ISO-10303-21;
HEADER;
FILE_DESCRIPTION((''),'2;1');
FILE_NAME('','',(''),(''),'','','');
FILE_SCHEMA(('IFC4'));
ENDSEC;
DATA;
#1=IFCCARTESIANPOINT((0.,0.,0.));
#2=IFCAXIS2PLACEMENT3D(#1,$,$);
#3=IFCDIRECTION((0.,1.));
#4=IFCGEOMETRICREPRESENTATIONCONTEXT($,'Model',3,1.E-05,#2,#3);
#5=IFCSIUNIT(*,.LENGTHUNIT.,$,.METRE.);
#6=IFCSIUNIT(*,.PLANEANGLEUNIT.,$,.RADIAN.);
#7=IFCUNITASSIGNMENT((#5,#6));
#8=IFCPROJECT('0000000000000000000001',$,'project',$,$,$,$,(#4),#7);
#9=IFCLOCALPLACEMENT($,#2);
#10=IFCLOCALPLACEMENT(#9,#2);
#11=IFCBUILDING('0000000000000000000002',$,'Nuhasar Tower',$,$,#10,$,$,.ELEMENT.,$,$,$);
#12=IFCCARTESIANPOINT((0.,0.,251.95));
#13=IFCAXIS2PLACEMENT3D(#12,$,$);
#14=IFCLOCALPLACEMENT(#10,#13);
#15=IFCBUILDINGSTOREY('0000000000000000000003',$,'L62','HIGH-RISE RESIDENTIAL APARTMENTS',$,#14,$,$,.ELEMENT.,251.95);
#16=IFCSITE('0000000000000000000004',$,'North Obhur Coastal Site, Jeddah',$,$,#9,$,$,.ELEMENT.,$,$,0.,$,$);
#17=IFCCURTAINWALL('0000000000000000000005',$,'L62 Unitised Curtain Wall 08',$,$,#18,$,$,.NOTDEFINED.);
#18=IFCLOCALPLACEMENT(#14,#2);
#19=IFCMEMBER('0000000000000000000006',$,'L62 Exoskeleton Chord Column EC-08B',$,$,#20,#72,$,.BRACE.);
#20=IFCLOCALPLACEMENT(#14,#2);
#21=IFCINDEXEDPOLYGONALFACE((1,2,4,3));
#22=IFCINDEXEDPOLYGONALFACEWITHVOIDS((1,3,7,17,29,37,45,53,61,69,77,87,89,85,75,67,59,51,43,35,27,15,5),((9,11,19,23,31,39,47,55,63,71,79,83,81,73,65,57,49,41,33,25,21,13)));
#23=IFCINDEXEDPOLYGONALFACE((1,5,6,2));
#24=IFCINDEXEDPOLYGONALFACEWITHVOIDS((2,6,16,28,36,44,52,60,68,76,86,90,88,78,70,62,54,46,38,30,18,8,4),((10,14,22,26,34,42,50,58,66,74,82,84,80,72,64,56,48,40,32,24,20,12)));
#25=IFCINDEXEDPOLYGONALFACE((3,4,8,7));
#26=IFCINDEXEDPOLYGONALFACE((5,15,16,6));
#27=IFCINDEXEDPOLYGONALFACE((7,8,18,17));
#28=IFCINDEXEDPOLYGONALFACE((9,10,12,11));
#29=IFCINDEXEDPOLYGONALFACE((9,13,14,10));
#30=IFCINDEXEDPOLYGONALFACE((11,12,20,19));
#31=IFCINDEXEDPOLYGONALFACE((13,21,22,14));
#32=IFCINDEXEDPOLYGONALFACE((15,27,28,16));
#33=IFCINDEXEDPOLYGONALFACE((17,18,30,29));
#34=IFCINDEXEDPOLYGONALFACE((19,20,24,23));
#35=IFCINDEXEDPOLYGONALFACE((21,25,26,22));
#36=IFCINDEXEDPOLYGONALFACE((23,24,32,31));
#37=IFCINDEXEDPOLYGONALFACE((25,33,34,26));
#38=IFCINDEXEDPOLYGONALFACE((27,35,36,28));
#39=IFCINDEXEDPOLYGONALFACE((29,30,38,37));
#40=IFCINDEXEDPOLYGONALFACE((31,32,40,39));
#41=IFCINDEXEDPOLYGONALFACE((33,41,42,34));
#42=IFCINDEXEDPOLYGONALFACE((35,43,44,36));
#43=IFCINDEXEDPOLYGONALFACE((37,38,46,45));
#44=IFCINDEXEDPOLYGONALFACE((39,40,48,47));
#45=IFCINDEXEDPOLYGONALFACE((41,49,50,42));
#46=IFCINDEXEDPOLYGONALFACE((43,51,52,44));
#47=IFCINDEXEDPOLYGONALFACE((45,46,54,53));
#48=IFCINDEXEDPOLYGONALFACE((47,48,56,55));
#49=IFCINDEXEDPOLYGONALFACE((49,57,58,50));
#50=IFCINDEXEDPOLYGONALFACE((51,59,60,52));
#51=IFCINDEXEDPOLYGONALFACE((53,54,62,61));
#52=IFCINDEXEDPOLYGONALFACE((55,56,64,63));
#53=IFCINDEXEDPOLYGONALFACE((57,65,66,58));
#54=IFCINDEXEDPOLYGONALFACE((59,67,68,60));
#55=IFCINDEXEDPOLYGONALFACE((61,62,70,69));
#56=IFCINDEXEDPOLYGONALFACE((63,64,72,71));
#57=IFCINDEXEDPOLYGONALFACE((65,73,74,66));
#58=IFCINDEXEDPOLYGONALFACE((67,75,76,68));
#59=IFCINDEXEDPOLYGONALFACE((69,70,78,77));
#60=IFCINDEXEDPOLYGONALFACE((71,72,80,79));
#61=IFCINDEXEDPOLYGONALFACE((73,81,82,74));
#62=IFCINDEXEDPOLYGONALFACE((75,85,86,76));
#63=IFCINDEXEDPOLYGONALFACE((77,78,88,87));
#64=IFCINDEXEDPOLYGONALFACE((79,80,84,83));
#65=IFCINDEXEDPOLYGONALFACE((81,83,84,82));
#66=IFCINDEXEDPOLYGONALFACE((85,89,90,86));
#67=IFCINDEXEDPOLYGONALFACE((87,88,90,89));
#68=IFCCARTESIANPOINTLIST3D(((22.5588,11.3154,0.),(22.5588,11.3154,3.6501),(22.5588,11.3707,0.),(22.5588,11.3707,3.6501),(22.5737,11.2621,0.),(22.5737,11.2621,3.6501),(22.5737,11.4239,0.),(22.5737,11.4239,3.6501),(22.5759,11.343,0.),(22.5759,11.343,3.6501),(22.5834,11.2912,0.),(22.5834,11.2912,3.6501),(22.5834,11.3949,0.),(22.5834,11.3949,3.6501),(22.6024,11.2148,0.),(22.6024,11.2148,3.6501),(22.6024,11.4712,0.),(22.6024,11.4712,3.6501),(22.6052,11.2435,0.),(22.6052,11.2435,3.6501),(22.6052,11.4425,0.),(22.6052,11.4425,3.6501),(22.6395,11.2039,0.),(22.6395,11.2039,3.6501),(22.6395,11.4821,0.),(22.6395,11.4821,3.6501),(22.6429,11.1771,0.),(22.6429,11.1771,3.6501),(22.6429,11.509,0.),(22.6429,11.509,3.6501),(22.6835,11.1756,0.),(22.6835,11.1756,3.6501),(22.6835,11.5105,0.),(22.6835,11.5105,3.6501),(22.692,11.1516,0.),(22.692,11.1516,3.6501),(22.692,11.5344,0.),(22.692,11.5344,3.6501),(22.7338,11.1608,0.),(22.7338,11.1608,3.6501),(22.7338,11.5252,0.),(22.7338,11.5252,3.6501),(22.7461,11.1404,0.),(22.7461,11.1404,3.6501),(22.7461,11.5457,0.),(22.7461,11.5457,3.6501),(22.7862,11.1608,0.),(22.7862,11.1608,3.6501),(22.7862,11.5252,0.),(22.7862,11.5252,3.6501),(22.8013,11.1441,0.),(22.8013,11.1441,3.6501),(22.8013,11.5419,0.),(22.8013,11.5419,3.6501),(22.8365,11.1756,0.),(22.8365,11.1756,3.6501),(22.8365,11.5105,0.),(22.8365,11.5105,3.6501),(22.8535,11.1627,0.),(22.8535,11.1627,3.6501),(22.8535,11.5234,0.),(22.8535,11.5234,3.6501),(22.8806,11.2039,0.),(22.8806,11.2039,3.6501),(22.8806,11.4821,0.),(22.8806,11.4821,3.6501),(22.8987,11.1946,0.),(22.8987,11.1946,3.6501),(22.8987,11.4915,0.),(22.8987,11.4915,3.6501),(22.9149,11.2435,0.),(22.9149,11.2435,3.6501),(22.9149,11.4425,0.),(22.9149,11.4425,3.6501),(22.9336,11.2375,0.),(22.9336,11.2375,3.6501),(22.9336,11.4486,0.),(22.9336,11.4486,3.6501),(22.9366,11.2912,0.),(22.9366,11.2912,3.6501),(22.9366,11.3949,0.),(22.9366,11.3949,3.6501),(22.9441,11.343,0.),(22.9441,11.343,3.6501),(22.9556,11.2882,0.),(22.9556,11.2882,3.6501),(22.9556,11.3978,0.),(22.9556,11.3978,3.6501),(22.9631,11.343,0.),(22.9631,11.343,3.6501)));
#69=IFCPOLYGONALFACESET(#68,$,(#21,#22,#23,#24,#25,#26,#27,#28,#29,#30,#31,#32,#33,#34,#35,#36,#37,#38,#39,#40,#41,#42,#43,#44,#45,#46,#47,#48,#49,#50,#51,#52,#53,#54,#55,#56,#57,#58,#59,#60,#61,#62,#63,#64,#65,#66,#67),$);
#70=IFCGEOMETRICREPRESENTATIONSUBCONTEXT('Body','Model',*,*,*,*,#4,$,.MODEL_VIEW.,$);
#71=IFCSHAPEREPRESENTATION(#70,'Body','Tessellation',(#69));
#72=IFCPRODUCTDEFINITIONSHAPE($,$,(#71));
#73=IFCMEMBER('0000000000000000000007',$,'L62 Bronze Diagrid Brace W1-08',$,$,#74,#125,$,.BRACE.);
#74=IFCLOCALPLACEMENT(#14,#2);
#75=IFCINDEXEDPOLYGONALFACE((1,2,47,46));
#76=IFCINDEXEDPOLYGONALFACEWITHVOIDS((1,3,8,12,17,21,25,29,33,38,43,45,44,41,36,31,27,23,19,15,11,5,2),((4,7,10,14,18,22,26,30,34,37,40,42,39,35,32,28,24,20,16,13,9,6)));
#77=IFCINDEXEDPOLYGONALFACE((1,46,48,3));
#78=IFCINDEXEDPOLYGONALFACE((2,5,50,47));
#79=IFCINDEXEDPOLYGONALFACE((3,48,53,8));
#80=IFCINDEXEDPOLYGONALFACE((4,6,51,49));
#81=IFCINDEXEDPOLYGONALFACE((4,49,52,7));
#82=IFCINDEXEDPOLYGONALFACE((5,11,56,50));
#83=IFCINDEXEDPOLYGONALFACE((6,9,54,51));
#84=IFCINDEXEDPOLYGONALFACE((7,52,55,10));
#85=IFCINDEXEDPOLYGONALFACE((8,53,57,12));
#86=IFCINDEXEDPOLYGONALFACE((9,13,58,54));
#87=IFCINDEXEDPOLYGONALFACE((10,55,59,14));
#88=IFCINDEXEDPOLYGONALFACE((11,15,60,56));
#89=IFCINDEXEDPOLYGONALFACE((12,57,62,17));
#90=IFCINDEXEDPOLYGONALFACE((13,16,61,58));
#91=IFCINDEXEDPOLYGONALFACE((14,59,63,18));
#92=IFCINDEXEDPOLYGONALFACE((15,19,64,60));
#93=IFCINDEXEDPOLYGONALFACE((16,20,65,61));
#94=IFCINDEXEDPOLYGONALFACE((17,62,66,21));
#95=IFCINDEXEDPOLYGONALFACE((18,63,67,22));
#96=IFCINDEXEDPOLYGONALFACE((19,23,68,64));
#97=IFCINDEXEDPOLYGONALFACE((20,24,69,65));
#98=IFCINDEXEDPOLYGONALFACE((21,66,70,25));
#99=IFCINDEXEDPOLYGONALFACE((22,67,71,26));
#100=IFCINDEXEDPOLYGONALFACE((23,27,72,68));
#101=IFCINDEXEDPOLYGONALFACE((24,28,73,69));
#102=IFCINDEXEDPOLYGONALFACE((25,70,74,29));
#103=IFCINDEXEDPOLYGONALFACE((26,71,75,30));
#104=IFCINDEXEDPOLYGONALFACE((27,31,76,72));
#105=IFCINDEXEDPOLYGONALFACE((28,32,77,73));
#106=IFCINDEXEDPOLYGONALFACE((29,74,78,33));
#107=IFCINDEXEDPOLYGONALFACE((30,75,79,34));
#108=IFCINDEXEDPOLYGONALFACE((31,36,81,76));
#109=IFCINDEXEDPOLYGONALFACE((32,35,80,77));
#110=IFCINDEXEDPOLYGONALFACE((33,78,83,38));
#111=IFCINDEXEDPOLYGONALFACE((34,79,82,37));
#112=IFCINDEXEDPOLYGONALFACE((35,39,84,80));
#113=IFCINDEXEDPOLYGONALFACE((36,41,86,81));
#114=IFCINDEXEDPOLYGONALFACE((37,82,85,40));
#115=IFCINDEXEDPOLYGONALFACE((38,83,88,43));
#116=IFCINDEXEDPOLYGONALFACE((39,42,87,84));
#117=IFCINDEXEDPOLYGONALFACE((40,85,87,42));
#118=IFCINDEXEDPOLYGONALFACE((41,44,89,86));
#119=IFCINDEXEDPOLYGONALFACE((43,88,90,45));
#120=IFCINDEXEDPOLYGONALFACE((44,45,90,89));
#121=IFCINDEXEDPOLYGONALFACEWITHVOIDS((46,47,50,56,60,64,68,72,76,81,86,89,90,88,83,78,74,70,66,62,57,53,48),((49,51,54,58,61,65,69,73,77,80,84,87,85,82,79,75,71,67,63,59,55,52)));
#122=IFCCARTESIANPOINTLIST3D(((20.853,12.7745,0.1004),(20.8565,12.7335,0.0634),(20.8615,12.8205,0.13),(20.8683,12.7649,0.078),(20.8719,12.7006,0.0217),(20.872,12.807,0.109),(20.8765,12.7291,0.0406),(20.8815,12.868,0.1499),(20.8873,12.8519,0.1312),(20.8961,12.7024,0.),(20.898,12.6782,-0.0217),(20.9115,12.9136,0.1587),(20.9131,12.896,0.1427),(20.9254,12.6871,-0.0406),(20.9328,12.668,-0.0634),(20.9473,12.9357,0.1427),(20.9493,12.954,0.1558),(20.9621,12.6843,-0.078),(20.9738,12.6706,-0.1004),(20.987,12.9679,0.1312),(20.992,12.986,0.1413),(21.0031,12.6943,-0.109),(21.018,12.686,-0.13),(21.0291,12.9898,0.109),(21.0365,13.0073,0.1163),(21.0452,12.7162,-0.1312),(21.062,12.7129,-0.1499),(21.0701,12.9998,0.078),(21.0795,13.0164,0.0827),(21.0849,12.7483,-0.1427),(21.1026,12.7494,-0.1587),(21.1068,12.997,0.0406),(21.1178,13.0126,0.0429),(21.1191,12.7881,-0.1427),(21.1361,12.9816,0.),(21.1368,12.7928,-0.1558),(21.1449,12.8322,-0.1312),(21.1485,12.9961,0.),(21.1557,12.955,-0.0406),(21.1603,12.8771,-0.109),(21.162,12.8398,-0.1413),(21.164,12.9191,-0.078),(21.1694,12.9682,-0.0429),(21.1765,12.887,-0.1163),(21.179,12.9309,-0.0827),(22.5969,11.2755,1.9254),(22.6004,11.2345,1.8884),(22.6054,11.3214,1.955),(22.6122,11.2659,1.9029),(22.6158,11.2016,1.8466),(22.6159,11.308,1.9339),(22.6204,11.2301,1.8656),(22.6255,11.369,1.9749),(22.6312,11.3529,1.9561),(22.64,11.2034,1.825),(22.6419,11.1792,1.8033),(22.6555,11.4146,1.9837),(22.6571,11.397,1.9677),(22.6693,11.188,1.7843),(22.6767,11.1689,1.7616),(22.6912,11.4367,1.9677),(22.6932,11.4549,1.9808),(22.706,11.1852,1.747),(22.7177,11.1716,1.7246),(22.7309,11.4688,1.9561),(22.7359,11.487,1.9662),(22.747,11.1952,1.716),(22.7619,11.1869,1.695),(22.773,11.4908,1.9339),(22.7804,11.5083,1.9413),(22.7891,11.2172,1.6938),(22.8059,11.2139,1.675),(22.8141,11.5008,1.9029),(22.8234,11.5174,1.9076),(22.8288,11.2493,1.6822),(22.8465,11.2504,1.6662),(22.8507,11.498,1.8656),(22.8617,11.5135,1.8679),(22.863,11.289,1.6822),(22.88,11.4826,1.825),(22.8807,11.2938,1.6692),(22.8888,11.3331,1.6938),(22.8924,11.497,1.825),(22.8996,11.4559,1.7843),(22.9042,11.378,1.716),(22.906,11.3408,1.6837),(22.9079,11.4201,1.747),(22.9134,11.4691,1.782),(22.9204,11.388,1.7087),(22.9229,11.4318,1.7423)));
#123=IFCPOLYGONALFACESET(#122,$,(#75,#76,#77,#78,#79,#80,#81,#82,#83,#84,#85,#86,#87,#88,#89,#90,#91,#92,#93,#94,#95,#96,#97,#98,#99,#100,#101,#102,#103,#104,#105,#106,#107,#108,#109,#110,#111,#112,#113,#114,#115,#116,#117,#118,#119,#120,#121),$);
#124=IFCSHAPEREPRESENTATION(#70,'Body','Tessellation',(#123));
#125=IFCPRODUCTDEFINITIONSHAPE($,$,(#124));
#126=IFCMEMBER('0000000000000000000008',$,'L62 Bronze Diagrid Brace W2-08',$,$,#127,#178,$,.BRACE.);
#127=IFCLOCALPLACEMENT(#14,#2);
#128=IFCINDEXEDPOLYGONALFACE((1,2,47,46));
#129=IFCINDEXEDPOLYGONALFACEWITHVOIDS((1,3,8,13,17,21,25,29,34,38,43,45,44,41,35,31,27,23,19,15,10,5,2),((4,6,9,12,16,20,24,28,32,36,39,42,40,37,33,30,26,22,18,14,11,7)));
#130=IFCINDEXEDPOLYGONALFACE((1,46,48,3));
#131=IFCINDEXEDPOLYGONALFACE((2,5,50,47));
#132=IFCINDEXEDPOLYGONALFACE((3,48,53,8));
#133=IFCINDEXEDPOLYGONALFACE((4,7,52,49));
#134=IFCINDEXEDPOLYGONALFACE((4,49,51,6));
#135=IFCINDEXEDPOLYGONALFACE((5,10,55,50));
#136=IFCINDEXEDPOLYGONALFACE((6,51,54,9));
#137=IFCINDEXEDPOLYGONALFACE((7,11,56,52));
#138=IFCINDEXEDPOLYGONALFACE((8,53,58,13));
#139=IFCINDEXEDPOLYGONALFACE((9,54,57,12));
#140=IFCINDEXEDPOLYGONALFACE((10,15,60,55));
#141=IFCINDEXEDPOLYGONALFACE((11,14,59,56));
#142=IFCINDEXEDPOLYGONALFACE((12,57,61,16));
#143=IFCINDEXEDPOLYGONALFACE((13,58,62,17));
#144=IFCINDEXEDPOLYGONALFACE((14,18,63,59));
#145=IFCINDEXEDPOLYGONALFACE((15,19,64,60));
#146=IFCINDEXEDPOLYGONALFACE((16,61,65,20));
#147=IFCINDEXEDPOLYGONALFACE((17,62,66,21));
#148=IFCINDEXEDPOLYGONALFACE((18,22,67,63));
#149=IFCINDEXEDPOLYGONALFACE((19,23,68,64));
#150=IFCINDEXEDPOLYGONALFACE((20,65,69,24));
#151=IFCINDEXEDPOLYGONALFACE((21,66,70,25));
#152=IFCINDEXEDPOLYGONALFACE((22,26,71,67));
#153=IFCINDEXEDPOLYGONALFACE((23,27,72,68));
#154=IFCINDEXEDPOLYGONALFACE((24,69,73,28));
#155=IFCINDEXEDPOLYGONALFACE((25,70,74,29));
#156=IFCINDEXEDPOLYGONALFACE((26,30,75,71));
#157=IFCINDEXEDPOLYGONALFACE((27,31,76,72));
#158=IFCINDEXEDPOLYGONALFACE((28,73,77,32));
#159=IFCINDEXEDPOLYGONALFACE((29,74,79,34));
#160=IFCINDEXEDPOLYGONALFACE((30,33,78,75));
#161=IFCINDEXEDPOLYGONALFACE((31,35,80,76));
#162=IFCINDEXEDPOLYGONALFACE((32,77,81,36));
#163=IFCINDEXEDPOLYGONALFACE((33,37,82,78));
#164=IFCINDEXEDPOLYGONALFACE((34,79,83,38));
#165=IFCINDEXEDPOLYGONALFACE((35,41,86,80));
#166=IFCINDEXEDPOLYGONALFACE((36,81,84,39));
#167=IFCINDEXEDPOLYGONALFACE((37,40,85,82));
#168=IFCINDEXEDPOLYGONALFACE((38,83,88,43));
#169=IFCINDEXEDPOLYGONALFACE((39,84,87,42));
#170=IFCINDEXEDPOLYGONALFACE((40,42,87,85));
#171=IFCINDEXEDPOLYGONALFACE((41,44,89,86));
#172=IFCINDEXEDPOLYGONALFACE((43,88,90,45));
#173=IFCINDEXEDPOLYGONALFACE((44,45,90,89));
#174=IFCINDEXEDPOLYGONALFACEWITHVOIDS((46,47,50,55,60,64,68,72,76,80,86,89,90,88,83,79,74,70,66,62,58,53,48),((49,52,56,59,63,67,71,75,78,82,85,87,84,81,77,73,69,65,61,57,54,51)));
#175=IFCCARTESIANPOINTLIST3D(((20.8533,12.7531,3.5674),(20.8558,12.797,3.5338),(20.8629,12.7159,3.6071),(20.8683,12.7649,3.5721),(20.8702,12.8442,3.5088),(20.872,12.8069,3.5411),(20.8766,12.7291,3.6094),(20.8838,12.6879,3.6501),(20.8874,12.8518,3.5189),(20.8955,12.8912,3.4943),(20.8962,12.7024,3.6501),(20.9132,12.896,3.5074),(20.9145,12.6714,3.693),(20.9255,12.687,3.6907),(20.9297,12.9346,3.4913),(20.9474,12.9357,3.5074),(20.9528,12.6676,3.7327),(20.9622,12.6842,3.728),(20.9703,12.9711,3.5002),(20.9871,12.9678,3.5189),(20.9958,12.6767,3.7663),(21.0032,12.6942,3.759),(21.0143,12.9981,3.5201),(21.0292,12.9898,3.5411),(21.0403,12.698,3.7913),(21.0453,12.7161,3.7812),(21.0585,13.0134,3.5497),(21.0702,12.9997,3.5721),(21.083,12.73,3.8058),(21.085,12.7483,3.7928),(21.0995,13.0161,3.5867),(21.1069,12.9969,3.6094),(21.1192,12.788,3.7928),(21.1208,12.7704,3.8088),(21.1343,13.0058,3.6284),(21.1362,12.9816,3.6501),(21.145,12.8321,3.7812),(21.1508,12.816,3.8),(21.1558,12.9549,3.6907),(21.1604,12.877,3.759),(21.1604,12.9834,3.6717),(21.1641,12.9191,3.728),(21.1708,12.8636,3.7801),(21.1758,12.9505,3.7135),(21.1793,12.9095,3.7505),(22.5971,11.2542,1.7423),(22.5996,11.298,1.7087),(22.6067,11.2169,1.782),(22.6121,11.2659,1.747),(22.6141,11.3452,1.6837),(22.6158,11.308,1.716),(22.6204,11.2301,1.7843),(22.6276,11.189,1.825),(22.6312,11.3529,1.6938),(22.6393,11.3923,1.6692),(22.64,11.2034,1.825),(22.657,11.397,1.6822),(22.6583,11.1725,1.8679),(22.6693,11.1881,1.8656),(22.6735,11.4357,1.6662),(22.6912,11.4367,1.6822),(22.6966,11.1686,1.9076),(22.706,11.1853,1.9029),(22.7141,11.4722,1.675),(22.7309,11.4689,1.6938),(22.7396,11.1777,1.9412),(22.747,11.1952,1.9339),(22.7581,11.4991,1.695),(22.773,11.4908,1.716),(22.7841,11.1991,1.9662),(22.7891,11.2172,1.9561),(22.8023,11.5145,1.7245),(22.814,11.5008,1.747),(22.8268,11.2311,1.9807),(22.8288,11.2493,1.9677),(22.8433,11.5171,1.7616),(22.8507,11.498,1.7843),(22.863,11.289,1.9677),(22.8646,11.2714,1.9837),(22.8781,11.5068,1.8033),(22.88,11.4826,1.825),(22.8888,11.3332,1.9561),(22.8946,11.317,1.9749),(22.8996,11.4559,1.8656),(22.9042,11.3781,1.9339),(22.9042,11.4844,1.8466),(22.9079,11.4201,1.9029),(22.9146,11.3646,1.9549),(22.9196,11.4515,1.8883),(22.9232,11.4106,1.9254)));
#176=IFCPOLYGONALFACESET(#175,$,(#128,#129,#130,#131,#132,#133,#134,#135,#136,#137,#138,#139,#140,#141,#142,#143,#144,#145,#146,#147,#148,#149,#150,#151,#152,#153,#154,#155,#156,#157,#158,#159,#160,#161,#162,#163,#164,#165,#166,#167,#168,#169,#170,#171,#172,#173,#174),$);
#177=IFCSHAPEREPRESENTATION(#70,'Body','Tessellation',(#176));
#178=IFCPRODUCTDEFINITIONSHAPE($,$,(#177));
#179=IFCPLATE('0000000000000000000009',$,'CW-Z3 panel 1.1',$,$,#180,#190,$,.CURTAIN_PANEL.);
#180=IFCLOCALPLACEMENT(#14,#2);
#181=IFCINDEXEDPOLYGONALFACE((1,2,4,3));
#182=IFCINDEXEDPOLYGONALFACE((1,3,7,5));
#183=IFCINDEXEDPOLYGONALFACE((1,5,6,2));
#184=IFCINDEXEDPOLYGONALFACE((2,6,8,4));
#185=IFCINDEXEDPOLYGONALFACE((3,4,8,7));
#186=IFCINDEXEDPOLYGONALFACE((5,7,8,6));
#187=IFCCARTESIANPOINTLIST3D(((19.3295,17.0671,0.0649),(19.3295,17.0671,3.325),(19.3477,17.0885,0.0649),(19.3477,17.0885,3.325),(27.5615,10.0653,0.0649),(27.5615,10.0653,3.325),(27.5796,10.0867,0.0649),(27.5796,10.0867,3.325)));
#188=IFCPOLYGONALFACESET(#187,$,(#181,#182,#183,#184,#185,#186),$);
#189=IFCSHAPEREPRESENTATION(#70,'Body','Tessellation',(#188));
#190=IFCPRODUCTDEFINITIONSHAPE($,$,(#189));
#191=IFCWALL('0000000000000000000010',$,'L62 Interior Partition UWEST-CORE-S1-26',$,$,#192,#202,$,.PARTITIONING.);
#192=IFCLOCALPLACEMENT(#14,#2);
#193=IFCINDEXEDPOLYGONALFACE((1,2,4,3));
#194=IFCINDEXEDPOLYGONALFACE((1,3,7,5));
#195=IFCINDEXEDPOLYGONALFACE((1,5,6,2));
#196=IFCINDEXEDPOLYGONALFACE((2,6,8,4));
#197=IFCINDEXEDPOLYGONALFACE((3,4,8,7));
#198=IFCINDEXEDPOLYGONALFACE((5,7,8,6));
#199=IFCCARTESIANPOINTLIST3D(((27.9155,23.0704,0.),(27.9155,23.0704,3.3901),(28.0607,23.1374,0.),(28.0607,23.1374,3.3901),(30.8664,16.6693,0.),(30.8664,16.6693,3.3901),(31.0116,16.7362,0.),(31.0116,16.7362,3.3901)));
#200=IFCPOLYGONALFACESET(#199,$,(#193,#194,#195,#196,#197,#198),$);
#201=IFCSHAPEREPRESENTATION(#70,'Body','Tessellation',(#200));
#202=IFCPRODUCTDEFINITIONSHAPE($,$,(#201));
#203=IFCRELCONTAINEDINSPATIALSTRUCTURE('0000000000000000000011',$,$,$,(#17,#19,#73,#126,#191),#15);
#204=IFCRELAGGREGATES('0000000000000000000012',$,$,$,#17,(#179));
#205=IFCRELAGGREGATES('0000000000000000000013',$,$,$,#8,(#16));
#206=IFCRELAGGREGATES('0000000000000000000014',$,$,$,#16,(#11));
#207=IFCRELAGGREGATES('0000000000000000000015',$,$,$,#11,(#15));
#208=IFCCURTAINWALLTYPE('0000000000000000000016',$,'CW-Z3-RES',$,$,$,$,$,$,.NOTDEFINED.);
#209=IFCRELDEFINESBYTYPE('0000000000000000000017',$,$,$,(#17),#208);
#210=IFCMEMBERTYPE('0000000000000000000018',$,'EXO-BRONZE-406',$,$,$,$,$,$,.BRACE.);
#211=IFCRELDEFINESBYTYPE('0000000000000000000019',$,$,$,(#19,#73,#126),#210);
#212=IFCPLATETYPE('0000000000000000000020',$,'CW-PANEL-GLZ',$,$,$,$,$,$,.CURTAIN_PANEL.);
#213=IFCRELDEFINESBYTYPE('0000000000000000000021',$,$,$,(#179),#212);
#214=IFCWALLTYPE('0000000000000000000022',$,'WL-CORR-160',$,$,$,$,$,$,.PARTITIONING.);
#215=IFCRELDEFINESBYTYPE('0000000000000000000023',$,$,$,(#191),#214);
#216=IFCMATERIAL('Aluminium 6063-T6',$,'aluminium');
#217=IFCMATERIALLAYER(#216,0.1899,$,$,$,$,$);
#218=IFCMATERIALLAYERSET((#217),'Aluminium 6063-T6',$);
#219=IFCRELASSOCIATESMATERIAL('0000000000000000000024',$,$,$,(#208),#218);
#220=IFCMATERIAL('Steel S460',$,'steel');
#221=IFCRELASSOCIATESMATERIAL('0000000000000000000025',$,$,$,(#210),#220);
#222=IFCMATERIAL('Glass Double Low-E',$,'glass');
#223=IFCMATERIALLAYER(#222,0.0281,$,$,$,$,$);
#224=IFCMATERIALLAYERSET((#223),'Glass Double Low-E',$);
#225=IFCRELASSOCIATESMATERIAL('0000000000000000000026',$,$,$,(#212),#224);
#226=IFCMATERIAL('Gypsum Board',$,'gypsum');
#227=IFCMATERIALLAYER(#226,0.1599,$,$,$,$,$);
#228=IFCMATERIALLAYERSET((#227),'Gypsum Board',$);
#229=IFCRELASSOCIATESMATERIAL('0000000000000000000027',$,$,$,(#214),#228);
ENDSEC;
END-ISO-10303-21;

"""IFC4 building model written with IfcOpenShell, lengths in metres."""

from ifc_helpers import new_model, si_unit, direction, frame, frame_2d, origin, origin_2d, place, context, subcontext, project, spatial, rectangle, hollow_circle, extrude, material, layer, layer_set, material_profile, profile_set, type_object, element, aggregate, save


model = new_model("IFC4")

# Units and contexts
model_context = context("Model", 3, precision=1e-05, world=origin(), true_north=direction((0.0, 1.0)))
body_context = subcontext(model_context, "Body", "Model", "MODEL_VIEW")
ifc_project = project(units=[si_unit("LENGTHUNIT", "METRE"), si_unit("PLANEANGLEUNIT", "RADIAN")], contexts=[model_context])

# Site, building, storey
site_placement = place(None, origin())
site = spatial("IfcSite", under=ifc_project, at=site_placement, Name="North Obhur Coastal Site, Jeddah", CompositionType="ELEMENT", RefElevation=0.0)
building_placement = place(site_placement, origin())
building = spatial("IfcBuilding", under=site, at=building_placement, Name="Nuhasar Tower", CompositionType="ELEMENT")
storey_placement = place(building_placement, frame((0.0, 0.0, 251.95)))
storey = spatial("IfcBuildingStorey", under=building, at=storey_placement, Name="L62", Description="HIGH-RISE RESIDENTIAL APARTMENTS", CompositionType="ELEMENT", Elevation=251.95)

# Curtain wall
ifc_material_1 = material(Name="Aluminium 6063-T6", Category="aluminium")
ifc_layer_1 = layer(ifc_material_1, 0.1899)
ifc_layer_set_1 = layer_set([ifc_layer_1], Name="Aluminium 6063-T6")
curtain_wall_type = type_object("IfcCurtainWallType", Name="CW-Z3-RES", PredefinedType="NOTDEFINED", material=ifc_layer_set_1)
curtain_wall_1_placement = place(storey_placement, origin())
curtain_wall_1 = element("IfcCurtainWall", 1, at=curtain_wall_1_placement, inside=storey, type_object=curtain_wall_type, Name="L62 Unitised Curtain Wall 08", PredefinedType="NOTDEFINED")

# Members
ifc_material_2 = material(Name="Steel S460", Category="steel")
ifc_material_profile_1 = material_profile(ifc_material_2, hollow_circle(Radius=0.2031, WallThickness=0.019, at=origin_2d()), Name="HSS406.4X19.1")
ifc_profile_set_1 = profile_set([ifc_material_profile_1], Name="Steel S460")
member_type_1 = type_object("IfcMemberType", Name="EXO-BRONZE-406", PredefinedType="BRACE", material=ifc_profile_set_1)
for number, where, z_axis, x_axis, name in (
    (2, (22.76, 11.343, 0.0), (0.0, 0.0, 1.0), (1.0, 0.0, 0.0), "L62 Exoskeleton Chord Column EC-08B"),
):
    element("IfcMember", number, at=place(storey_placement, frame(where, z_axis=z_axis, x_axis=x_axis)), inside=storey, type_object=member_type_1, Name=name, PredefinedType="BRACE", context=body_context, shape_type="SweptSolid", body=[
        extrude(hollow_circle(Radius=0.2031, WallThickness=0.019, at=origin_2d()), origin(), (0.0, 0.0, 1.0), 3.6501),
    ])
for number, where, z_axis, x_axis, name in (
    (3, (21.0161, 12.842, 0.0), (0.594019, -0.510608, 0.621628), (0.651857, 0.758342, 0.0), "L62 Bronze Diagrid Brace W1-08"),
    (4, (22.76, 11.343, 1.825), (-0.593988, 0.510582, 0.621679), (-0.651857, -0.758342, 0.0), "L62 Bronze Diagrid Brace W2-08"),
):
    element("IfcMember", number, at=place(storey_placement, frame(where, z_axis=z_axis, x_axis=x_axis)), inside=storey, type_object=member_type_1, Name=name, PredefinedType="BRACE", context=body_context, shape_type="SweptSolid", body=[
        extrude(hollow_circle(Radius=0.2031, WallThickness=0.019, at=origin_2d()), origin(), (0.0, 0.0, 1.0), 2.9358),
    ])

# Plate
ifc_material_3 = material(Name="Glass Double Low-E", Category="glass")
ifc_layer_2 = layer(ifc_material_3, 0.0281)
ifc_layer_set_2 = layer_set([ifc_layer_2], Name="Glass Double Low-E")
plate_type = type_object("IfcPlateType", Name="CW-PANEL-GLZ", PredefinedType="CURTAIN_PANEL", material=ifc_layer_set_2)
plate_placement = place(storey_placement, frame((23.4546, 13.5769, 0.0649), z_axis=(0.0, 0.0, 1.0), x_axis=(0.761729, -0.647895, 0.0)))
plate = element("IfcPlate", 5, at=plate_placement, type_object=plate_type, Name="CW-Z3 panel 1.1", PredefinedType="CURTAIN_PANEL", context=body_context, shape_type="SweptSolid", body=[
    extrude(rectangle(XDim=10.8069, YDim=0.0281, at=origin_2d()), origin(), (0.0, 0.0, 1.0), 3.26),
])
aggregate(curtain_wall_1, [plate])

# Wall
ifc_material_4 = material(Name="Gypsum Board", Category="gypsum")
ifc_layer_3 = layer(ifc_material_4, 0.1599)
ifc_layer_set_3 = layer_set([ifc_layer_3], Name="Gypsum Board")
wall_type_1 = type_object("IfcWallType", Name="WL-CORR-160", PredefinedType="PARTITIONING", material=ifc_layer_set_3)
wall_1_placement = place(storey_placement, frame((27.988, 23.104, 0.0), z_axis=(0.0, 0.0, 1.0), x_axis=(0.418656, -0.908145, 0.0)))
element("IfcWall", 6, at=wall_1_placement, inside=storey, type_object=wall_type_1, Name="L62 Interior Partition UWEST-CORE-S1-26", PredefinedType="PARTITIONING", context=body_context, shape_type="SweptSolid", body=[
    extrude(rectangle(XDim=7.0486, YDim=0.1599, at=frame_2d((3.5244, 0.0))), origin(), (0.0, 0.0, 1.0), 3.3901),
])

save(model, "model.ifc")
